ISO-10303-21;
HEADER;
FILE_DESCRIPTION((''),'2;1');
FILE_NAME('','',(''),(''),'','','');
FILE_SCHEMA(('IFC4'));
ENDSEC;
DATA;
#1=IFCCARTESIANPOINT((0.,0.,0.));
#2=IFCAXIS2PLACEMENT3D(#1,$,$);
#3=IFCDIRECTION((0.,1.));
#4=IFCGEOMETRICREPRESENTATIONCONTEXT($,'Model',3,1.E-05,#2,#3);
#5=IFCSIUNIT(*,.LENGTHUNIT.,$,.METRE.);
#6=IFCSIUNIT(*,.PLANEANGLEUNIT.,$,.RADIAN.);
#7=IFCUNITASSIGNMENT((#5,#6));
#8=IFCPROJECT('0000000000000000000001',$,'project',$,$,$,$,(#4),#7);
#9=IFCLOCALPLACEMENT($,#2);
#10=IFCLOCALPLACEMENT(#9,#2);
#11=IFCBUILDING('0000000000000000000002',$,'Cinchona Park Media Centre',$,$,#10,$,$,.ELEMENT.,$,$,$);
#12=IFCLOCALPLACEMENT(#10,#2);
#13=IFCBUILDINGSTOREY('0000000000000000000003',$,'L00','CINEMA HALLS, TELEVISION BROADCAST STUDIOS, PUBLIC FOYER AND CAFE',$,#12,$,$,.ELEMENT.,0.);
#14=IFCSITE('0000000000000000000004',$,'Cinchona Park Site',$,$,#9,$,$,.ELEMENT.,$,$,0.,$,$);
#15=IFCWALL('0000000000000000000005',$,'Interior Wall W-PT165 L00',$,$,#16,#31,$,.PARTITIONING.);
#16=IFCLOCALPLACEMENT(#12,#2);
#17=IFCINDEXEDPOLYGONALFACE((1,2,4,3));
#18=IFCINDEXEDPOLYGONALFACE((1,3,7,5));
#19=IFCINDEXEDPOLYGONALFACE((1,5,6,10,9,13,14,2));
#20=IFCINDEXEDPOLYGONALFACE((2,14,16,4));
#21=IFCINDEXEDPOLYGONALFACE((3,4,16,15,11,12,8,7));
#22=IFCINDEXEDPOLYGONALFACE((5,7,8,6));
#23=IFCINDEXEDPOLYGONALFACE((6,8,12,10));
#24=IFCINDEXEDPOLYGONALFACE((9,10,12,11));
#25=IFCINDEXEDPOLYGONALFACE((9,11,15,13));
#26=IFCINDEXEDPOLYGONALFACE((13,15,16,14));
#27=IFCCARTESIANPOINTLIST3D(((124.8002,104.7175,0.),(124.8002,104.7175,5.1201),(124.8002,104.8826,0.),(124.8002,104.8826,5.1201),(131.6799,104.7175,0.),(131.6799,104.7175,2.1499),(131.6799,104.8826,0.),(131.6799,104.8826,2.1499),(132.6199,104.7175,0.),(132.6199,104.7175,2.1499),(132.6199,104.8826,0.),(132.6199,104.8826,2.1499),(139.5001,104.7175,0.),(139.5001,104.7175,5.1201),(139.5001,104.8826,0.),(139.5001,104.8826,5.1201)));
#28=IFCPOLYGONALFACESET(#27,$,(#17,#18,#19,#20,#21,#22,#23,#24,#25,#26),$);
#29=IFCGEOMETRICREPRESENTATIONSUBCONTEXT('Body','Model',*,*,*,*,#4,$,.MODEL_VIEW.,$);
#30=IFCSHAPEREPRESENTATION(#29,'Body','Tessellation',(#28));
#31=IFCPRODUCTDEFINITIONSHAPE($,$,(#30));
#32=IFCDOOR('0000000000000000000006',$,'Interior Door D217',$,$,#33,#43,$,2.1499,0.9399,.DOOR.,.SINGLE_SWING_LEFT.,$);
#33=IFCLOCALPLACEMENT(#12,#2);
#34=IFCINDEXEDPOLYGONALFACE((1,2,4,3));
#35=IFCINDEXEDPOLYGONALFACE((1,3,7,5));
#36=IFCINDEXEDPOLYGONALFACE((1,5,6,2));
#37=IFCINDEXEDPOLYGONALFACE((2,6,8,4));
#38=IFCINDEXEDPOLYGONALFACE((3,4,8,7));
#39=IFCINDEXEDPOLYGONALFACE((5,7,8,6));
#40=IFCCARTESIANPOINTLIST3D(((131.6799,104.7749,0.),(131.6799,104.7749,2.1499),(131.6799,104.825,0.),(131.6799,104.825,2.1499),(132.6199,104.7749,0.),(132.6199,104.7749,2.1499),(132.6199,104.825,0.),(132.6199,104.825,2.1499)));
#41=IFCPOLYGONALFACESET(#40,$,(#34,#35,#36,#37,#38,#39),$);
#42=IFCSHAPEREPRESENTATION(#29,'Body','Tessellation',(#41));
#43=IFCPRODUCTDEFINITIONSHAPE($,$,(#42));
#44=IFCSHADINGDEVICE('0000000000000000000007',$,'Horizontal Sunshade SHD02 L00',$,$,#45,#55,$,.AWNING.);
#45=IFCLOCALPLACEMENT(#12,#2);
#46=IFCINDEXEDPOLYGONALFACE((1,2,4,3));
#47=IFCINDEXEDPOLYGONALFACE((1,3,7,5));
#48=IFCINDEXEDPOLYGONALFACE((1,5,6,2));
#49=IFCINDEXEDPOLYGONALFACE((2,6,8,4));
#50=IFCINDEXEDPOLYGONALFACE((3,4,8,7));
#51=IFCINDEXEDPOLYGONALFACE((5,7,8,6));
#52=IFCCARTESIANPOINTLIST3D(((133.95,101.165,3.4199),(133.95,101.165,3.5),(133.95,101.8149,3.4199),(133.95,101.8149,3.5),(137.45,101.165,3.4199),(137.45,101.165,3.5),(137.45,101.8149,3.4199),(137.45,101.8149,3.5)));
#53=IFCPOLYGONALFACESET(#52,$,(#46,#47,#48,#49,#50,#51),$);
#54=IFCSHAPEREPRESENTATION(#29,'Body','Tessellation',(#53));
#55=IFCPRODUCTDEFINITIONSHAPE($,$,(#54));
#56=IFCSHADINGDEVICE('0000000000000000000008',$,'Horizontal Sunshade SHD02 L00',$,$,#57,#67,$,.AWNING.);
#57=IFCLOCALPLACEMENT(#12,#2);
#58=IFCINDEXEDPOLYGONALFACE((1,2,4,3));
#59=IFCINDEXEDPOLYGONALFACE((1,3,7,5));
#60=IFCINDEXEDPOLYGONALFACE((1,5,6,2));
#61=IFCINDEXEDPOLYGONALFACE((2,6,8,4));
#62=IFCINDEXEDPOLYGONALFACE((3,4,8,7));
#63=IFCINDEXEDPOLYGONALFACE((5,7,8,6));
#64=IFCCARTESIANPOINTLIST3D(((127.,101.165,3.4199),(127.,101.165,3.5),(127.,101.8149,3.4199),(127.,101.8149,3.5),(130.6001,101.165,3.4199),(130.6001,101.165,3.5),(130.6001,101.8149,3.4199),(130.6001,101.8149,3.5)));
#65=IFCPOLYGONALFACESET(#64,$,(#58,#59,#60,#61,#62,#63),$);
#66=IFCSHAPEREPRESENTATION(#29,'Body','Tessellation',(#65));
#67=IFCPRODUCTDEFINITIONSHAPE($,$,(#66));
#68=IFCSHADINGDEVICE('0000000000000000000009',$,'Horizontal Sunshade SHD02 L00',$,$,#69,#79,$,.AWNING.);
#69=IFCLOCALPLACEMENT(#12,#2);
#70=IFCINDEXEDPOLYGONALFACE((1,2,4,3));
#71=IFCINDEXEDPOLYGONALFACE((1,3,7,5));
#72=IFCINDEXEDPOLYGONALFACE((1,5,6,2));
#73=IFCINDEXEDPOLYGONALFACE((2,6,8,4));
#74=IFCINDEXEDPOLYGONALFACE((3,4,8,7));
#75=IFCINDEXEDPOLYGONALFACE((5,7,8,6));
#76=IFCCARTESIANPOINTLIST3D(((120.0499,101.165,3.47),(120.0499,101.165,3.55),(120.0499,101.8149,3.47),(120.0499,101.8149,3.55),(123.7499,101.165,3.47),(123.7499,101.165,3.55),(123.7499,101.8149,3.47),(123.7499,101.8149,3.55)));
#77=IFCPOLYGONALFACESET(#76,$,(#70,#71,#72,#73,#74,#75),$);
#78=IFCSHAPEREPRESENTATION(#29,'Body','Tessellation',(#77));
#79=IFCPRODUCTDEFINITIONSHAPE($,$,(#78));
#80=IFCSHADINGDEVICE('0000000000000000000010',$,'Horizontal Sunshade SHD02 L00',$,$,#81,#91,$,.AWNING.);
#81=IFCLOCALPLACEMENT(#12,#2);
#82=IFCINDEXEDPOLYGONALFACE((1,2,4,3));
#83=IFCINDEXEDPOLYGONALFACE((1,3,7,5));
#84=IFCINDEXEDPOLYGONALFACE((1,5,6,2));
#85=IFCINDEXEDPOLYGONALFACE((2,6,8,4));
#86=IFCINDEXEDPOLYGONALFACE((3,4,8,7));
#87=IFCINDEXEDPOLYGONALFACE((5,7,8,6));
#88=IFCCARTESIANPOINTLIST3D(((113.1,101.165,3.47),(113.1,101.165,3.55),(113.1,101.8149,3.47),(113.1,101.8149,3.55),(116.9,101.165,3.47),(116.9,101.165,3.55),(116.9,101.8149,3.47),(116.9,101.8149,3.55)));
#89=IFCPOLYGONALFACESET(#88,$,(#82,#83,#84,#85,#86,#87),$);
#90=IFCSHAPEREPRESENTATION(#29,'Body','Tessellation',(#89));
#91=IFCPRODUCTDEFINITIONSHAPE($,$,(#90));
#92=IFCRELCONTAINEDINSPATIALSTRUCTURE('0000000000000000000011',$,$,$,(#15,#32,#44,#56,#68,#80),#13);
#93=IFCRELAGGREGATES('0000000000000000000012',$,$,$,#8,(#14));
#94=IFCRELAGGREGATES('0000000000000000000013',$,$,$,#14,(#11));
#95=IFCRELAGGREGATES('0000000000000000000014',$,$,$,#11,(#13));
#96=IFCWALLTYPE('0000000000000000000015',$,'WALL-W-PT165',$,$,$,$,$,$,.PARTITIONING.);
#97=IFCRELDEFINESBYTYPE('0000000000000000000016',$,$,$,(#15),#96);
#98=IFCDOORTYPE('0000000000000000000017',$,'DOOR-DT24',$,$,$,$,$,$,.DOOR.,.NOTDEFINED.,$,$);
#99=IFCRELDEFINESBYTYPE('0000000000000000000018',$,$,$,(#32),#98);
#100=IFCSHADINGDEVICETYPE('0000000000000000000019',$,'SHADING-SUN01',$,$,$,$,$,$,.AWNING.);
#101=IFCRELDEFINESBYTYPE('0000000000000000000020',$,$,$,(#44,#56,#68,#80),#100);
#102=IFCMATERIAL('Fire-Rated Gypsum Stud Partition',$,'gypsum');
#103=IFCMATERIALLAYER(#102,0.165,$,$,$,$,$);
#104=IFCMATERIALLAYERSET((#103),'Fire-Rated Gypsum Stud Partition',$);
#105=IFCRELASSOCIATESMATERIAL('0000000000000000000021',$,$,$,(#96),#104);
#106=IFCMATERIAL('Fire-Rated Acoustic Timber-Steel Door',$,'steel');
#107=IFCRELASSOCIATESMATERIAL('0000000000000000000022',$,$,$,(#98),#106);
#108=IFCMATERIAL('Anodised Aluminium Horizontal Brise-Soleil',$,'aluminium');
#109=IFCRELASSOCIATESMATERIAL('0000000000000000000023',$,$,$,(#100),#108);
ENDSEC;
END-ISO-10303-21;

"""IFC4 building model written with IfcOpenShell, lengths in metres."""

from ifc_helpers import new_model, si_unit, direction, frame, frame_2d, origin, origin_2d, place, context, subcontext, project, spatial, rectangle, extrude, material, layer, layer_set, type_object, element, fill, save


model = new_model("IFC4")

# Units and contexts
model_context = context("Model", 3, precision=1e-05, world=origin(), true_north=direction((0.0, 1.0)))
body_context = subcontext(model_context, "Body", "Model", "MODEL_VIEW")
ifc_project = project(units=[si_unit("LENGTHUNIT", "METRE"), si_unit("PLANEANGLEUNIT", "RADIAN")], contexts=[model_context])

# Site, building, storey
site_placement = place(None, origin())
site = spatial("IfcSite", under=ifc_project, at=site_placement, Name="Cinchona Park Site", CompositionType="ELEMENT", RefElevation=0.0)
building_placement = place(site_placement, origin())
building = spatial("IfcBuilding", under=site, at=building_placement, Name="Cinchona Park Media Centre", CompositionType="ELEMENT")
storey_placement = place(building_placement, origin())
storey = spatial("IfcBuildingStorey", under=building, at=storey_placement, Name="L00", Description="CINEMA HALLS, TELEVISION BROADCAST STUDIOS, PUBLIC FOYER AND CAFE", CompositionType="ELEMENT", Elevation=0.0)

# Wall, opening, door
ifc_material_1 = material(Name="Fire-Rated Gypsum Stud Partition", Category="gypsum")
ifc_layer_1 = layer(ifc_material_1, 0.165)
ifc_layer_set_1 = layer_set([ifc_layer_1], Name="Fire-Rated Gypsum Stud Partition")
wall_type = type_object("IfcWallType", Name="WALL-W-PT165", PredefinedType="PARTITIONING", material=ifc_layer_set_1)
wall_placement = place(storey_placement, frame((124.8, 104.8, 0.0), z_axis=(0.0, 0.0, 1.0), x_axis=(1.0, 0.0, 0.0)))
wall = element("IfcWall", 1, at=wall_placement, inside=storey, type_object=wall_type, Name="Interior Wall W-PT165 L00", PredefinedType="PARTITIONING", context=body_context, shape_type="SweptSolid", body=[
    extrude(rectangle(XDim=14.7, YDim=0.165, at=frame_2d((7.3501, 0.0))), origin(), (0.0, 0.0, 1.0), 5.1201),
])
opening_placement = place(wall_placement, frame((6.8799, 0.0, 0.0)))
opening = element("IfcOpeningElement", 2, at=opening_placement, cuts=wall, PredefinedType="OPENING", context=body_context, shape_type="SweptSolid", body=[
    extrude(rectangle(XDim=0.9399, YDim=2.1499, at=frame_2d((0.47, 1.075))), frame((0.0, 0.0925, 0.0), z_axis=(0.0, -1.0, 0.0), x_axis=(1.0, 0.0, 0.0)), (0.0, 0.0, 1.0), 0.1851),
])
ifc_material_2 = material(Name="Fire-Rated Acoustic Timber-Steel Door", Category="steel")
door_type = type_object("IfcDoorType", Name="DOOR-DT24", OperationType="NOTDEFINED", PredefinedType="DOOR", material=ifc_material_2)
door_placement = place(opening_placement, origin())
door = element("IfcDoor", 3, at=door_placement, inside=storey, type_object=door_type, Name="Interior Door D217", OperationType="SINGLE_SWING_LEFT", OverallHeight=2.1499, OverallWidth=0.9399, PredefinedType="DOOR", context=body_context, shape_type="SweptSolid", body=[
    extrude(rectangle(XDim=0.9399, YDim=2.1499, at=frame_2d((0.47, 1.075))), frame((0.0, 0.0249, 0.0), z_axis=(0.0, -1.0, 0.0), x_axis=(1.0, 0.0, 0.0)), (0.0, 0.0, 1.0), 0.05),
])
fill(opening, door)

# Shading devices
ifc_material_3 = material(Name="Anodised Aluminium Horizontal Brise-Soleil", Category="aluminium")
shading_device_type = type_object("IfcShadingDeviceType", Name="SHADING-SUN01", PredefinedType="AWNING", material=ifc_material_3)
shading_device_1_placement = place(storey_placement, frame((135.7, 101.49, 3.4199), z_axis=(0.0, 0.0, 1.0), x_axis=(-1.0, 0.0, 0.0)))
element("IfcShadingDevice", 4, at=shading_device_1_placement, inside=storey, type_object=shading_device_type, Name="Horizontal Sunshade SHD02 L00", PredefinedType="AWNING", context=body_context, shape_type="SweptSolid", body=[
    extrude(rectangle(XDim=3.5, YDim=0.6499, at=origin_2d()), origin(), (0.0, 0.0, 1.0), 0.0801),
])
shading_device_2_placement = place(storey_placement, frame((128.8, 101.49, 3.4199), z_axis=(0.0, 0.0, 1.0), x_axis=(-1.0, 0.0, 0.0)))
element("IfcShadingDevice", 5, at=shading_device_2_placement, inside=storey, type_object=shading_device_type, Name="Horizontal Sunshade SHD02 L00", PredefinedType="AWNING", context=body_context, shape_type="SweptSolid", body=[
    extrude(rectangle(XDim=3.6001, YDim=0.6499, at=origin_2d()), origin(), (0.0, 0.0, 1.0), 0.0801),
])
shading_device_3_placement = place(storey_placement, frame((121.8999, 101.49, 3.47), z_axis=(0.0, 0.0, 1.0), x_axis=(-1.0, 0.0, 0.0)))
element("IfcShadingDevice", 6, at=shading_device_3_placement, inside=storey, type_object=shading_device_type, Name="Horizontal Sunshade SHD02 L00", PredefinedType="AWNING", context=body_context, shape_type="SweptSolid", body=[
    extrude(rectangle(XDim=3.7, YDim=0.6499, at=origin_2d()), origin(), (0.0, 0.0, 1.0), 0.0801),
])
shading_device_4_placement = place(storey_placement, frame((115.0, 101.49, 3.47), z_axis=(0.0, 0.0, 1.0), x_axis=(-1.0, 0.0, 0.0)))
element("IfcShadingDevice", 7, at=shading_device_4_placement, inside=storey, type_object=shading_device_type, Name="Horizontal Sunshade SHD02 L00", PredefinedType="AWNING", context=body_context, shape_type="SweptSolid", body=[
    extrude(rectangle(XDim=3.8, YDim=0.6499, at=origin_2d()), origin(), (0.0, 0.0, 1.0), 0.0801),
])

save(model, "model.ifc")
